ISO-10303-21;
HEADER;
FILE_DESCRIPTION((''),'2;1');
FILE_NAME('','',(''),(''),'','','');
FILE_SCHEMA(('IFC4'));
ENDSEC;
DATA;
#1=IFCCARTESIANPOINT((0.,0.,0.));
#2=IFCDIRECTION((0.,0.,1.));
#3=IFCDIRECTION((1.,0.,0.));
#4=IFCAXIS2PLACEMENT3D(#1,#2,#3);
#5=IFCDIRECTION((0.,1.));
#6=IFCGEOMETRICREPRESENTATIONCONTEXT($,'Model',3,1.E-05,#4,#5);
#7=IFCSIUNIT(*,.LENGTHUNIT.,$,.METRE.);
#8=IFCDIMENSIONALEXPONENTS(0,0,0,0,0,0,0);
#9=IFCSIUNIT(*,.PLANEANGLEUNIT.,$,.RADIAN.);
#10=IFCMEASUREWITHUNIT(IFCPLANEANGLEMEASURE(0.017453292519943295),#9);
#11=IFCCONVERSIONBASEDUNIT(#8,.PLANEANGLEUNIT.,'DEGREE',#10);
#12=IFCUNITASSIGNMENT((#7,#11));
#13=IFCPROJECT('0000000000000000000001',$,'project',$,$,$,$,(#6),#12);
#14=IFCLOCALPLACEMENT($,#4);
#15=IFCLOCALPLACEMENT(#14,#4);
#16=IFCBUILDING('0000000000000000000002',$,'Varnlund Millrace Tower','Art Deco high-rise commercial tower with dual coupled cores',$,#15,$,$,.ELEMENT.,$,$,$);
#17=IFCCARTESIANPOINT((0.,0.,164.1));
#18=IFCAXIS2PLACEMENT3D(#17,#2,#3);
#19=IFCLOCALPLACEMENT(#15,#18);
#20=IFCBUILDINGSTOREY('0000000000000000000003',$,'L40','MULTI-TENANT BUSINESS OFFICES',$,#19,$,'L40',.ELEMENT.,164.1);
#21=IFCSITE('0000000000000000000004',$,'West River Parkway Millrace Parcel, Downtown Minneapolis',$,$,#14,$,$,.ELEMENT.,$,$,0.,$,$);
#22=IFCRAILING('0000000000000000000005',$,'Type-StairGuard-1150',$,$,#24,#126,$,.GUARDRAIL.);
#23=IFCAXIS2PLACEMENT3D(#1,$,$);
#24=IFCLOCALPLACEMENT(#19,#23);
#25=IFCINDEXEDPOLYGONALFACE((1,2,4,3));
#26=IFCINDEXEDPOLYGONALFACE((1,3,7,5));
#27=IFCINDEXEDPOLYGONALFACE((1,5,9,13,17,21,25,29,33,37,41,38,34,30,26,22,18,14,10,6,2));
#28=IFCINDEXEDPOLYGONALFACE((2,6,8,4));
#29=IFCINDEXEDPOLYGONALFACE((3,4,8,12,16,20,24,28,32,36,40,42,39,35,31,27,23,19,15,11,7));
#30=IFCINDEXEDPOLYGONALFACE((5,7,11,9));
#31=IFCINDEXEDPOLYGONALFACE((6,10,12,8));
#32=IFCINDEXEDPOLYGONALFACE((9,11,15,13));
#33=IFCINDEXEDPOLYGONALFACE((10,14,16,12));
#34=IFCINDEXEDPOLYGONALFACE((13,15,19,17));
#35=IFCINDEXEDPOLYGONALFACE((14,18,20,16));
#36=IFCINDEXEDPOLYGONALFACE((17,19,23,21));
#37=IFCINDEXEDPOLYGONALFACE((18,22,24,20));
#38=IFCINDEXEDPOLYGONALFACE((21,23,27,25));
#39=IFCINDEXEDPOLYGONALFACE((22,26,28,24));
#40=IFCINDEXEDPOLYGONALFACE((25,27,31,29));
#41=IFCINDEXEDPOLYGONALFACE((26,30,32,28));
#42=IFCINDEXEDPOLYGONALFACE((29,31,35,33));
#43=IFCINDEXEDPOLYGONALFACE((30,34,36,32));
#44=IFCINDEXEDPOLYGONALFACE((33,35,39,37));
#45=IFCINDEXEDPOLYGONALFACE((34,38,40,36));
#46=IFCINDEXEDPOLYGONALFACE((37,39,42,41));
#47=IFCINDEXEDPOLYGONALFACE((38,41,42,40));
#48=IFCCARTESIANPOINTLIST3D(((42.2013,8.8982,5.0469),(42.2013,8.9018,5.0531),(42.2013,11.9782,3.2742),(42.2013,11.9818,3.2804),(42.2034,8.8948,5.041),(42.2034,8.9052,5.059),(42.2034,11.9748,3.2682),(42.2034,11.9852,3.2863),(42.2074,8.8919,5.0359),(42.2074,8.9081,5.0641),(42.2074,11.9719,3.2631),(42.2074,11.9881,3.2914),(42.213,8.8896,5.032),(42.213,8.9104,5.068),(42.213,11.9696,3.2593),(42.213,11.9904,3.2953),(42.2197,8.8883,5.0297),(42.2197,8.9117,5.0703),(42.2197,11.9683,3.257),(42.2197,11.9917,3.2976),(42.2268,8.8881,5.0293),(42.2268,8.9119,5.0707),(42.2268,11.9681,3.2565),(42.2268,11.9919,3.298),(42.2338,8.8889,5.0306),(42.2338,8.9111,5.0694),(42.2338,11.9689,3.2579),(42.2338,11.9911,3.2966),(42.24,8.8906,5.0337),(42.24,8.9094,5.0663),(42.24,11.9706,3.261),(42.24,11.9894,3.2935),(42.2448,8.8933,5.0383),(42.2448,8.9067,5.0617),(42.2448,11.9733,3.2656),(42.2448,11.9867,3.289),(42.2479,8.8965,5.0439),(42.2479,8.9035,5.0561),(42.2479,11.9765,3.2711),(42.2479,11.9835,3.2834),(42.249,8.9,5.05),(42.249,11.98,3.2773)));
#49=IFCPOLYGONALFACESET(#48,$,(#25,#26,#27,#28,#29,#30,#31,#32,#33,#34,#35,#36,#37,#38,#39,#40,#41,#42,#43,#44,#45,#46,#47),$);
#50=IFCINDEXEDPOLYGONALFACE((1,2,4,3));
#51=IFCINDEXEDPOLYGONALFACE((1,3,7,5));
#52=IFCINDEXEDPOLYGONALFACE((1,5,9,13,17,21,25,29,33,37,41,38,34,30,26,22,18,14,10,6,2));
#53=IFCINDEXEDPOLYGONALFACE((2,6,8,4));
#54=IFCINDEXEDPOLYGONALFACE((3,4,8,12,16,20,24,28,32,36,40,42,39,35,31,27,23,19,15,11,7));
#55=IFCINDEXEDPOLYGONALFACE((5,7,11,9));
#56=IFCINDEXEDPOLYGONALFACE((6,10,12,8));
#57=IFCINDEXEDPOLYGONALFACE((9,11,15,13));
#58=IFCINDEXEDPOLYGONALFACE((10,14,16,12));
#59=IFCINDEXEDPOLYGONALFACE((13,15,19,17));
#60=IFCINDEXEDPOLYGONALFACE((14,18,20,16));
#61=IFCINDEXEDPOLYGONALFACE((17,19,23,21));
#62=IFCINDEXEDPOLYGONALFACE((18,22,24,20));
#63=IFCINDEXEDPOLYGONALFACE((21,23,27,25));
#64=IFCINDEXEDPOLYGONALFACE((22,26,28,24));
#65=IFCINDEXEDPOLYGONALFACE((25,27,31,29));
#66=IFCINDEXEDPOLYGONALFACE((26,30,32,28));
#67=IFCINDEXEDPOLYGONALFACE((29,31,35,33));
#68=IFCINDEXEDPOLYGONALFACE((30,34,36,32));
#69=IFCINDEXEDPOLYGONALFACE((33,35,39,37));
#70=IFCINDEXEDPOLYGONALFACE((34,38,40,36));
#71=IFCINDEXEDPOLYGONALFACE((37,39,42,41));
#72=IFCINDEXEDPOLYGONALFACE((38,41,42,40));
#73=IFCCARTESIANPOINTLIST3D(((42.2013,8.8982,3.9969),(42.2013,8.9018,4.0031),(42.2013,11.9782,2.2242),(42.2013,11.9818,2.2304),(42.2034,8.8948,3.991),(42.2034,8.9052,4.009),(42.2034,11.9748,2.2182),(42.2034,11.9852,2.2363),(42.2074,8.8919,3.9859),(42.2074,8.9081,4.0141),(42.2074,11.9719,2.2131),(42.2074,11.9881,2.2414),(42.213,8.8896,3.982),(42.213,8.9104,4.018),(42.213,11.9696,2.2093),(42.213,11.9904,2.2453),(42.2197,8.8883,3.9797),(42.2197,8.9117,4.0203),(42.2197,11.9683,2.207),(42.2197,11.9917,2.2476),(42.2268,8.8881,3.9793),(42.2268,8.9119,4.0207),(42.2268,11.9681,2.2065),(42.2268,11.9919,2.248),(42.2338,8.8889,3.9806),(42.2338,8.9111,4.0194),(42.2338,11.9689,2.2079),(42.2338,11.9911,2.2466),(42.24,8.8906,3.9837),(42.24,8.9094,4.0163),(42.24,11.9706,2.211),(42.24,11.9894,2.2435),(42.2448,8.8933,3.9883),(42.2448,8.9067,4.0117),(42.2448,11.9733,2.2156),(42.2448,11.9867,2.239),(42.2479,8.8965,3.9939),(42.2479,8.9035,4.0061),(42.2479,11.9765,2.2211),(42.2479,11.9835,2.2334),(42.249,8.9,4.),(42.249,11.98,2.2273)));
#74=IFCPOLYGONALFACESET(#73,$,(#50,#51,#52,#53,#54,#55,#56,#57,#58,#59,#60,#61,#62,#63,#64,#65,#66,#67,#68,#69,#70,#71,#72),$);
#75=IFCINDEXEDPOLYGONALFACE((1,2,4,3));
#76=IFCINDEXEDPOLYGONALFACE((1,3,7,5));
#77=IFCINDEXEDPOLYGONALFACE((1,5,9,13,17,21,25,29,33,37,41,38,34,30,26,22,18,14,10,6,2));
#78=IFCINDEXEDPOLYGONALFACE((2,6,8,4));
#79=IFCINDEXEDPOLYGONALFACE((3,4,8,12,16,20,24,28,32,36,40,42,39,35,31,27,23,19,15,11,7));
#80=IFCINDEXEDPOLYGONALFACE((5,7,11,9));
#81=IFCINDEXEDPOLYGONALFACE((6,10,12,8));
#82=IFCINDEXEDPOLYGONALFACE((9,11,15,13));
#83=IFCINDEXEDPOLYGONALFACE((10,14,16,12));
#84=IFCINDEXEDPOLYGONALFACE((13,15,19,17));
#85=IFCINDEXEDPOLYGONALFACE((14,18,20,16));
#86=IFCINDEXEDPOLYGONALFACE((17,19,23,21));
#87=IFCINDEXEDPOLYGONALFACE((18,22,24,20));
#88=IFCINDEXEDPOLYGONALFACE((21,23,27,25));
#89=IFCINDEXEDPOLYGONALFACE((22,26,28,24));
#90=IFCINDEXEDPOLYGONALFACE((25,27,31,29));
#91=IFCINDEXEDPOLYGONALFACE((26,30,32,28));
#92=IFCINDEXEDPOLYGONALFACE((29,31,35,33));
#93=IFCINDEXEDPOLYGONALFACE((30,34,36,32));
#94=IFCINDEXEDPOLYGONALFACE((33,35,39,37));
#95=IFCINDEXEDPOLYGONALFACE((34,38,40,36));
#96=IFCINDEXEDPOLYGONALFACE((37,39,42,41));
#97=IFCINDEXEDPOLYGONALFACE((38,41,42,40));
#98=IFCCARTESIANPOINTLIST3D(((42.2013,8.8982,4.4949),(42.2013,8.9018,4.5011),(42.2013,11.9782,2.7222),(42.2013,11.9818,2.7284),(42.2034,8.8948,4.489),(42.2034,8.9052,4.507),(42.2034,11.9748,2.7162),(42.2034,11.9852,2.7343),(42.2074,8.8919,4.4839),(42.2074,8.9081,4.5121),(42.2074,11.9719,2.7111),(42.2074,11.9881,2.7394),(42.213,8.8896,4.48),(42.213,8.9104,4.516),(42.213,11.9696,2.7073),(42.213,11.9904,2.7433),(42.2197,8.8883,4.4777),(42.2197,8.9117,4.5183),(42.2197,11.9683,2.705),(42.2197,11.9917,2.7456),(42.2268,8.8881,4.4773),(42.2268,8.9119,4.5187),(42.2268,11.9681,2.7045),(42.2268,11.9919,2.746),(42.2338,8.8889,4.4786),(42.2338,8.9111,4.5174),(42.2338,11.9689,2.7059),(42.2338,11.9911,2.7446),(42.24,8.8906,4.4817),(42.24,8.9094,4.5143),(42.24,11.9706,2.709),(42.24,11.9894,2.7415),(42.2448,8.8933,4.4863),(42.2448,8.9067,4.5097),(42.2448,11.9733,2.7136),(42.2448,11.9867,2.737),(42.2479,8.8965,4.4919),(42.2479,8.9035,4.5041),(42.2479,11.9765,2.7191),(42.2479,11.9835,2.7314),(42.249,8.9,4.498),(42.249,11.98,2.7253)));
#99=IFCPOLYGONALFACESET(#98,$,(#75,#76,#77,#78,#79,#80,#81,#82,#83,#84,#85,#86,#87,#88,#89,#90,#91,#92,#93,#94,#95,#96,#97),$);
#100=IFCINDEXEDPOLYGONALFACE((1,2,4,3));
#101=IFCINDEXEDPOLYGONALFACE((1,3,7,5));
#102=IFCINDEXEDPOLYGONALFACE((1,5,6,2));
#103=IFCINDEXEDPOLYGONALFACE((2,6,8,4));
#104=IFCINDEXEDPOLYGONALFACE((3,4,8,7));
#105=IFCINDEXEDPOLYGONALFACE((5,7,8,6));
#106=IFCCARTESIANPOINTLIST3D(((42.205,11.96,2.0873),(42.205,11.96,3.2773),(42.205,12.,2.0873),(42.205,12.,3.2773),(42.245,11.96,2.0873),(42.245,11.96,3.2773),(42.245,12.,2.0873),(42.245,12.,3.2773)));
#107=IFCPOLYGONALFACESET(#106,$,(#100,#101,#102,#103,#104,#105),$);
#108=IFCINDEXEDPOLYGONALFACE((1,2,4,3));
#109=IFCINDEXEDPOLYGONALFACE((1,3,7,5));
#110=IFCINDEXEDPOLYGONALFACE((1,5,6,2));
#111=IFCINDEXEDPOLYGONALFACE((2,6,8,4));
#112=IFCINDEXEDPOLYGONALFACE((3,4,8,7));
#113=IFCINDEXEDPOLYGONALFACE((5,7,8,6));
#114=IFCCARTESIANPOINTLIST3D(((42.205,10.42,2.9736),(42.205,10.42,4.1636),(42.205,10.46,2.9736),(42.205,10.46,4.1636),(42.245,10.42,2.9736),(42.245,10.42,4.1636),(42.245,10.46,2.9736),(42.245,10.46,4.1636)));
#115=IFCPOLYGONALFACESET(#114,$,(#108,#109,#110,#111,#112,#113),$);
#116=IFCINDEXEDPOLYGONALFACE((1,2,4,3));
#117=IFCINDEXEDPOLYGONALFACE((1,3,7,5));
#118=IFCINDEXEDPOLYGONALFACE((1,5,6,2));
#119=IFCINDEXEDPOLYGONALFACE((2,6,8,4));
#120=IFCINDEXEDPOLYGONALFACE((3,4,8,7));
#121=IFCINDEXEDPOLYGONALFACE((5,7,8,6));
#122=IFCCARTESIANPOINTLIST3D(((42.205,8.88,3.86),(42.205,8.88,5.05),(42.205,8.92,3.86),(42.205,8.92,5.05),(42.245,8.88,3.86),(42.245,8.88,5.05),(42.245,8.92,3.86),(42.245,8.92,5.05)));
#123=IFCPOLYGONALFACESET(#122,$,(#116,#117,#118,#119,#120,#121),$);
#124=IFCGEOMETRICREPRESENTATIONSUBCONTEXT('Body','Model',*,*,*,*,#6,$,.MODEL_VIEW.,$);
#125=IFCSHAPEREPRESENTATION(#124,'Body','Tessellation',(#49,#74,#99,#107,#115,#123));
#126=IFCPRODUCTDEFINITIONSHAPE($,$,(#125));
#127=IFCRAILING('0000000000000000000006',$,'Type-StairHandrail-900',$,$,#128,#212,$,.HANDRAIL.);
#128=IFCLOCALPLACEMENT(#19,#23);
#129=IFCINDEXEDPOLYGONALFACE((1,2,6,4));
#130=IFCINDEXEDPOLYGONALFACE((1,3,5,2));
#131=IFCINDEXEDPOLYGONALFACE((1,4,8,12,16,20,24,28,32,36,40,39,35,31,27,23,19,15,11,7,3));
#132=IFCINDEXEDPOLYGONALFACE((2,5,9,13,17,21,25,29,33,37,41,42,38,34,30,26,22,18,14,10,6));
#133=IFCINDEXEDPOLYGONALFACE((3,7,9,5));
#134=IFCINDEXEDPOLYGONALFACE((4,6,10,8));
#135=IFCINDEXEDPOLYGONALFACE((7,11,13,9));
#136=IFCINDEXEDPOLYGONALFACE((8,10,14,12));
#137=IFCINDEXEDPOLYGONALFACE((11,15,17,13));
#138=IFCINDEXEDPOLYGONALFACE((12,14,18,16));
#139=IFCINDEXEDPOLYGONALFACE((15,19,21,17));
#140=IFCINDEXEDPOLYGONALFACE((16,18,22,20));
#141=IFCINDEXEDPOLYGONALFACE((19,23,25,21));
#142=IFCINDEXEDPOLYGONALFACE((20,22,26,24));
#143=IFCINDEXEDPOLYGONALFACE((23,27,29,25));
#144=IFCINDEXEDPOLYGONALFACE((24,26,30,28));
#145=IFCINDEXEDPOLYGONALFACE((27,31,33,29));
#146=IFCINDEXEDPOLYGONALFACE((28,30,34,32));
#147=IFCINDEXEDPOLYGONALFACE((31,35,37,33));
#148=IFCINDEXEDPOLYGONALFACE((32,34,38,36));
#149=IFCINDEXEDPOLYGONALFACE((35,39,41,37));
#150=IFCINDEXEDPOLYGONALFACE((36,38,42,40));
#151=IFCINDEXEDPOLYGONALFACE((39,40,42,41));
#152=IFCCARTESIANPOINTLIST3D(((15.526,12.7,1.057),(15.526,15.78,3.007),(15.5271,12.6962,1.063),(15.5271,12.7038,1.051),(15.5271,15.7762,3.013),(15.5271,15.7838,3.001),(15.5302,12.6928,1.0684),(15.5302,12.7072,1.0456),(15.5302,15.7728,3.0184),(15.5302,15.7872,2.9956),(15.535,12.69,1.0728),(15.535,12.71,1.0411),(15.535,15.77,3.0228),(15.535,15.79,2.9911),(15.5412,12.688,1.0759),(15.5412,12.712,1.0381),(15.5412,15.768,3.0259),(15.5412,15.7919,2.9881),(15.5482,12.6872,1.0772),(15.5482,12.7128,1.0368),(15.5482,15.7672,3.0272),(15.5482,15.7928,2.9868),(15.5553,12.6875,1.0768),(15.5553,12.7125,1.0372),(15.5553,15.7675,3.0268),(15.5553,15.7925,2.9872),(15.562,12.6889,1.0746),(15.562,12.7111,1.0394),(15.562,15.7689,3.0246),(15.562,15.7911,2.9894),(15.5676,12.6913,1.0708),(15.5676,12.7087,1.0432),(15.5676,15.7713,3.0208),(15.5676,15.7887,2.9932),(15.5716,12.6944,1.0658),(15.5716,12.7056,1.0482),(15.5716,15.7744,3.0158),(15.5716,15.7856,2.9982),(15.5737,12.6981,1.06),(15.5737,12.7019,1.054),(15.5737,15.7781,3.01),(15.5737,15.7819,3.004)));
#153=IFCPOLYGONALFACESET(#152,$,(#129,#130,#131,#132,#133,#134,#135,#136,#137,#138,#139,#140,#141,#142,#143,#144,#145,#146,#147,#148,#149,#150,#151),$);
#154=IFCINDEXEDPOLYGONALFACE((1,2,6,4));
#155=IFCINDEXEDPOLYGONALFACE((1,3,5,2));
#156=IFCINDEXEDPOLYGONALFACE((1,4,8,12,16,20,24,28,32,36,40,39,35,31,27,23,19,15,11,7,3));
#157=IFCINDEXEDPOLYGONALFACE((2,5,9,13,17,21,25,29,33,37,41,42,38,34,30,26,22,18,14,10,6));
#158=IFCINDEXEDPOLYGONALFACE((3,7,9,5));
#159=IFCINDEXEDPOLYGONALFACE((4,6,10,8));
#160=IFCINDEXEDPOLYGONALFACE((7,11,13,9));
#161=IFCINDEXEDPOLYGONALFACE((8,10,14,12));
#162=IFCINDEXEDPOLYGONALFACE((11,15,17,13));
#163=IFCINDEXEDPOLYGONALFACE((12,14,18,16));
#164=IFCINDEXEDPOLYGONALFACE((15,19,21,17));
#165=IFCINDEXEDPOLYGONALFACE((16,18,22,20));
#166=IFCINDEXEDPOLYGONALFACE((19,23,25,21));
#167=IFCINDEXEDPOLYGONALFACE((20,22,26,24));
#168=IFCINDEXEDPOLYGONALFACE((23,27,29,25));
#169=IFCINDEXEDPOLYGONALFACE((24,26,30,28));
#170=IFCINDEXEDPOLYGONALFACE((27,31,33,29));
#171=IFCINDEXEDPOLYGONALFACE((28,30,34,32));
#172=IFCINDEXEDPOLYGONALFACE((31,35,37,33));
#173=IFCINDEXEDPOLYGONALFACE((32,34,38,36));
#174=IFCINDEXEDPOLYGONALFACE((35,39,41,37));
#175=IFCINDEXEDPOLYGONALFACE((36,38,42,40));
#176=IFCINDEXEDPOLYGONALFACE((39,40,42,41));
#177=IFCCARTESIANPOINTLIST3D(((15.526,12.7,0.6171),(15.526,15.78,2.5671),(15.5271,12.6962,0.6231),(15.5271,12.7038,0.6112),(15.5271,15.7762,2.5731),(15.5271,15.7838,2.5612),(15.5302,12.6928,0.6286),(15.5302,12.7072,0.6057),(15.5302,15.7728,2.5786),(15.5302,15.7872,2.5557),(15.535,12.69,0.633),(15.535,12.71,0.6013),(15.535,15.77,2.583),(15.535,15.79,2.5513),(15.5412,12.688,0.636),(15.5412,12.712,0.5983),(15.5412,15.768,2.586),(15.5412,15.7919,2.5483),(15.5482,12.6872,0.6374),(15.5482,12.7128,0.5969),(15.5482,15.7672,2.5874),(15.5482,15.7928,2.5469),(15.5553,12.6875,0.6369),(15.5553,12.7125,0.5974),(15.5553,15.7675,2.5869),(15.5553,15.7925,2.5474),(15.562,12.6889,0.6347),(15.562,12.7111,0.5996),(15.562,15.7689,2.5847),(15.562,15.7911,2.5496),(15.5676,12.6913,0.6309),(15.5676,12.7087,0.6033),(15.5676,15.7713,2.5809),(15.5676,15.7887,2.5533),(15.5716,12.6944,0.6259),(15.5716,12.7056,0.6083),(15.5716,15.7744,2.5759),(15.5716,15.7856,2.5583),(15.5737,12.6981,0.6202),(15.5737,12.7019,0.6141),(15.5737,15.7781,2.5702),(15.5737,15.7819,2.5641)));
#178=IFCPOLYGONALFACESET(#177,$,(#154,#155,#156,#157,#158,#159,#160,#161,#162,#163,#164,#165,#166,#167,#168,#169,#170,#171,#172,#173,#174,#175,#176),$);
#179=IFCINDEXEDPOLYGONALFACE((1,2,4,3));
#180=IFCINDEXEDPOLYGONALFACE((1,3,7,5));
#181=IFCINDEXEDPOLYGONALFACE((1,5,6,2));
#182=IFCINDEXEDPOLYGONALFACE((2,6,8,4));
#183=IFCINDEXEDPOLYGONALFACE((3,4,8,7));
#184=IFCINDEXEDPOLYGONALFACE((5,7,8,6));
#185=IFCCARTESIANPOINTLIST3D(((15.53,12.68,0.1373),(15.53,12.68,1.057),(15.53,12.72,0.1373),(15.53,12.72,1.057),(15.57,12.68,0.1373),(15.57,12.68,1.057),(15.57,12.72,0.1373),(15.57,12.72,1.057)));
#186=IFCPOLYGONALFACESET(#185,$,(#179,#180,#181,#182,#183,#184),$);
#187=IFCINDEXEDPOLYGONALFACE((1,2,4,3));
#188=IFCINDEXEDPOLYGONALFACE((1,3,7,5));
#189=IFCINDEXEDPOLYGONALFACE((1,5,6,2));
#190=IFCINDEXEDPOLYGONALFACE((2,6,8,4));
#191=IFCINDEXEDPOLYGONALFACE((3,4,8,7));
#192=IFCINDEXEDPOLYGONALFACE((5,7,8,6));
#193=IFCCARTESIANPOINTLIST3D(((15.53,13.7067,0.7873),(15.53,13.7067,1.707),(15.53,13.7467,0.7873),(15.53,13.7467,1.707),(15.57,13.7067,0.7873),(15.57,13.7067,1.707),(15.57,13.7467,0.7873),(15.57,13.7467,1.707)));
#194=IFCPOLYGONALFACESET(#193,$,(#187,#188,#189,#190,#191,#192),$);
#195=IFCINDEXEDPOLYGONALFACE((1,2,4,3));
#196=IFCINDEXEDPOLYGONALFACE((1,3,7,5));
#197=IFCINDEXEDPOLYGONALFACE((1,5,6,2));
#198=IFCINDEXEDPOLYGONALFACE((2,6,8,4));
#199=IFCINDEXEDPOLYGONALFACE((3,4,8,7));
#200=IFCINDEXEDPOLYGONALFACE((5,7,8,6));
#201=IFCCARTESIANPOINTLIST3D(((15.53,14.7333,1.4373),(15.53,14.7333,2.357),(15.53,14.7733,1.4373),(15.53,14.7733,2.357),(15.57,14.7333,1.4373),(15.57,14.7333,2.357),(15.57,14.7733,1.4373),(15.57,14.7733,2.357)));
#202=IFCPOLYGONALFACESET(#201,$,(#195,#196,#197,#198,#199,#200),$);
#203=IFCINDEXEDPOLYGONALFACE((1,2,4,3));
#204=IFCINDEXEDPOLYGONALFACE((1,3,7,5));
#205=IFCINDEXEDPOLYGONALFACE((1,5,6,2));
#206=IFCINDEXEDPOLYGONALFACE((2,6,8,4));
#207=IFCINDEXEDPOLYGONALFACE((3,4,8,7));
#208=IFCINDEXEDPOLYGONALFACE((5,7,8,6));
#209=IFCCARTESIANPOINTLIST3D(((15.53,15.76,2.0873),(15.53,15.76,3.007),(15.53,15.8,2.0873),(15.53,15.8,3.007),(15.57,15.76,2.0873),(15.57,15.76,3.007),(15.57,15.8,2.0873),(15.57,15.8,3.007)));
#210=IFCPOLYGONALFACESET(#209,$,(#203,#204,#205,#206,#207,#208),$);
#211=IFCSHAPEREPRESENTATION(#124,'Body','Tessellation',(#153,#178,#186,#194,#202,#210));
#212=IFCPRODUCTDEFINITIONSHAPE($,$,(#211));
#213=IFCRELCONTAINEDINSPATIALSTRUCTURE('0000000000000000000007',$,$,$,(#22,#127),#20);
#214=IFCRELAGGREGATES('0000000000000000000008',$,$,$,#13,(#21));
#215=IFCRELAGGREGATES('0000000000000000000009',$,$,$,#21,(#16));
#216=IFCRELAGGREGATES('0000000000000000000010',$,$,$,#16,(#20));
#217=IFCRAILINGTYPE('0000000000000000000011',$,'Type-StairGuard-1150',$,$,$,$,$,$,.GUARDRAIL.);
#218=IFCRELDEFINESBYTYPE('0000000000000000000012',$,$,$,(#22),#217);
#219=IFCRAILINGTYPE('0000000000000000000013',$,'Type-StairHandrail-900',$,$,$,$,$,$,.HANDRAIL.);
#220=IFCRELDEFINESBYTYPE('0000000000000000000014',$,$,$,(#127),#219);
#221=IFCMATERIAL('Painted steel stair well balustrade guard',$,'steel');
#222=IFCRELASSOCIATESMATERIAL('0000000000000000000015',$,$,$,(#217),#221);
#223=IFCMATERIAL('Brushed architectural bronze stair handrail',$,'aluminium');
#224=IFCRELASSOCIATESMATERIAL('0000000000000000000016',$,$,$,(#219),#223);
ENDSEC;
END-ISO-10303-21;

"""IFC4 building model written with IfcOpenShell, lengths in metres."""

from ifc_helpers import new_model, entity, si_unit, converted_unit, direction, frame, origin_with_axes, origin_2d_with_axis, place, context, subcontext, project, spatial, rectangle, circle, extrude, material, type_object, element, save


model = new_model("IFC4")

# Units and contexts
model_context = context("Model", 3, precision=1e-05, world=origin_with_axes(), true_north=direction((0.0, 1.0)))
body_context = subcontext(model_context, "Body", "Model", "MODEL_VIEW")
ifc_project = project(units=[si_unit("LENGTHUNIT", "METRE"), converted_unit("PLANEANGLEUNIT", "DEGREE", entity("IfcPlaneAngleMeasure", 0.017453292519943295), si_unit("PLANEANGLEUNIT", "RADIAN"), dimensions=[0, 0, 0, 0, 0, 0, 0])], contexts=[model_context])

# Site, building, storey
site_placement = place(None, origin_with_axes())
site = spatial("IfcSite", under=ifc_project, at=site_placement, Name="West River Parkway Millrace Parcel, Downtown Minneapolis", CompositionType="ELEMENT", RefElevation=0.0)
building_placement = place(site_placement, origin_with_axes())
building = spatial("IfcBuilding", under=site, at=building_placement, Name="Varnlund Millrace Tower", Description="Art Deco high-rise commercial tower with dual coupled cores", CompositionType="ELEMENT")
storey_placement = place(building_placement, frame((0.0, 0.0, 164.1), z_axis=(0.0, 0.0, 1.0), x_axis=(1.0, 0.0, 0.0)))
storey = spatial("IfcBuildingStorey", under=building, at=storey_placement, Name="L40", Description="MULTI-TENANT BUSINESS OFFICES", LongName="L40", CompositionType="ELEMENT", Elevation=164.1)

# Railings
ifc_material_1 = material(Name="Painted steel stair well balustrade guard", Category="steel")
railing_type_1 = type_object("IfcRailingType", Name="Type-StairGuard-1150", PredefinedType="GUARDRAIL", material=ifc_material_1)
railing_1_placement = place(storey_placement, frame((0.0, 0.0, -164.1), z_axis=(0.0, 0.0, 1.0), x_axis=(1.0, 0.0, 0.0)))
element("IfcRailing", 1, at=railing_1_placement, inside=storey, type_object=railing_type_1, Name="Type-StairGuard-1150", PredefinedType="GUARDRAIL", context=body_context, shape_type="SweptSolid", body=[
    extrude(circle(Radius=0.024, at=origin_2d_with_axis()), frame((42.225, 11.98, 167.3773), z_axis=(0.0, -0.866696, 0.498836), x_axis=(1.0, 0.0, 0.0)), (0.0, 0.0, 1.0), 3.5537),
    extrude(circle(Radius=0.024, at=origin_2d_with_axis()), frame((42.225, 11.98, 166.3273), z_axis=(0.0, -0.866696, 0.498836), x_axis=(1.0, 0.0, 0.0)), (0.0, 0.0, 1.0), 3.5537),
    extrude(circle(Radius=0.024, at=origin_2d_with_axis()), frame((42.225, 11.98, 166.8253), z_axis=(0.0, -0.866696, 0.498836), x_axis=(1.0, 0.0, 0.0)), (0.0, 0.0, 1.0), 3.5537),
    extrude(rectangle(XDim=0.04, YDim=0.04, at=origin_2d_with_axis()), frame((42.225, 11.98, 166.1873), z_axis=(0.0, 0.0, 1.0), x_axis=(1.0, 0.0, 0.0)), (0.0, 0.0, 1.0), 1.19),
    extrude(rectangle(XDim=0.04, YDim=0.04, at=origin_2d_with_axis()), frame((42.225, 10.44, 167.0736), z_axis=(0.0, 0.0, 1.0), x_axis=(1.0, 0.0, 0.0)), (0.0, 0.0, 1.0), 1.19),
    extrude(rectangle(XDim=0.04, YDim=0.04, at=origin_2d_with_axis()), frame((42.225, 8.9, 167.96), z_axis=(0.0, 0.0, 1.0), x_axis=(1.0, 0.0, 0.0)), (0.0, 0.0, 1.0), 1.19),
])
ifc_material_2 = material(Name="Brushed architectural bronze stair handrail", Category="aluminium")
railing_type_2 = type_object("IfcRailingType", Name="Type-StairHandrail-900", PredefinedType="HANDRAIL", material=ifc_material_2)
railing_2_placement = place(storey_placement, frame((0.0, 0.0, -164.1), z_axis=(0.0, 0.0, 1.0), x_axis=(1.0, 0.0, 0.0)))
element("IfcRailing", 2, at=railing_2_placement, inside=storey, type_object=railing_type_2, Name="Type-StairHandrail-900", PredefinedType="HANDRAIL", context=body_context, shape_type="SweptSolid", body=[
    extrude(circle(Radius=0.024, at=origin_2d_with_axis()), frame((15.55, 12.7, 165.157), z_axis=(0.0, 0.844902, 0.534922), x_axis=(-1.0, 0.0, 0.0)), (0.0, 0.0, 1.0), 3.6454),
    extrude(circle(Radius=0.024, at=origin_2d_with_axis()), frame((15.55, 12.7, 164.7171), z_axis=(0.0, 0.844902, 0.534922), x_axis=(-1.0, 0.0, 0.0)), (0.0, 0.0, 1.0), 3.6454),
    extrude(rectangle(XDim=0.04, YDim=0.04, at=origin_2d_with_axis()), frame((15.55, 12.7, 164.2373), z_axis=(0.0, 0.0, 1.0), x_axis=(1.0, 0.0, 0.0)), (0.0, 0.0, 1.0), 0.9197),
    extrude(rectangle(XDim=0.04, YDim=0.04, at=origin_2d_with_axis()), frame((15.55, 13.7267, 164.8873), z_axis=(0.0, 0.0, 1.0), x_axis=(1.0, 0.0, 0.0)), (0.0, 0.0, 1.0), 0.9197),
    extrude(rectangle(XDim=0.04, YDim=0.04, at=origin_2d_with_axis()), frame((15.55, 14.7533, 165.5373), z_axis=(0.0, 0.0, 1.0), x_axis=(1.0, 0.0, 0.0)), (0.0, 0.0, 1.0), 0.9197),
    extrude(rectangle(XDim=0.04, YDim=0.04, at=origin_2d_with_axis()), frame((15.55, 15.78, 166.1873), z_axis=(0.0, 0.0, 1.0), x_axis=(1.0, 0.0, 0.0)), (0.0, 0.0, 1.0), 0.9197),
])

save(model, "model.ifc")
